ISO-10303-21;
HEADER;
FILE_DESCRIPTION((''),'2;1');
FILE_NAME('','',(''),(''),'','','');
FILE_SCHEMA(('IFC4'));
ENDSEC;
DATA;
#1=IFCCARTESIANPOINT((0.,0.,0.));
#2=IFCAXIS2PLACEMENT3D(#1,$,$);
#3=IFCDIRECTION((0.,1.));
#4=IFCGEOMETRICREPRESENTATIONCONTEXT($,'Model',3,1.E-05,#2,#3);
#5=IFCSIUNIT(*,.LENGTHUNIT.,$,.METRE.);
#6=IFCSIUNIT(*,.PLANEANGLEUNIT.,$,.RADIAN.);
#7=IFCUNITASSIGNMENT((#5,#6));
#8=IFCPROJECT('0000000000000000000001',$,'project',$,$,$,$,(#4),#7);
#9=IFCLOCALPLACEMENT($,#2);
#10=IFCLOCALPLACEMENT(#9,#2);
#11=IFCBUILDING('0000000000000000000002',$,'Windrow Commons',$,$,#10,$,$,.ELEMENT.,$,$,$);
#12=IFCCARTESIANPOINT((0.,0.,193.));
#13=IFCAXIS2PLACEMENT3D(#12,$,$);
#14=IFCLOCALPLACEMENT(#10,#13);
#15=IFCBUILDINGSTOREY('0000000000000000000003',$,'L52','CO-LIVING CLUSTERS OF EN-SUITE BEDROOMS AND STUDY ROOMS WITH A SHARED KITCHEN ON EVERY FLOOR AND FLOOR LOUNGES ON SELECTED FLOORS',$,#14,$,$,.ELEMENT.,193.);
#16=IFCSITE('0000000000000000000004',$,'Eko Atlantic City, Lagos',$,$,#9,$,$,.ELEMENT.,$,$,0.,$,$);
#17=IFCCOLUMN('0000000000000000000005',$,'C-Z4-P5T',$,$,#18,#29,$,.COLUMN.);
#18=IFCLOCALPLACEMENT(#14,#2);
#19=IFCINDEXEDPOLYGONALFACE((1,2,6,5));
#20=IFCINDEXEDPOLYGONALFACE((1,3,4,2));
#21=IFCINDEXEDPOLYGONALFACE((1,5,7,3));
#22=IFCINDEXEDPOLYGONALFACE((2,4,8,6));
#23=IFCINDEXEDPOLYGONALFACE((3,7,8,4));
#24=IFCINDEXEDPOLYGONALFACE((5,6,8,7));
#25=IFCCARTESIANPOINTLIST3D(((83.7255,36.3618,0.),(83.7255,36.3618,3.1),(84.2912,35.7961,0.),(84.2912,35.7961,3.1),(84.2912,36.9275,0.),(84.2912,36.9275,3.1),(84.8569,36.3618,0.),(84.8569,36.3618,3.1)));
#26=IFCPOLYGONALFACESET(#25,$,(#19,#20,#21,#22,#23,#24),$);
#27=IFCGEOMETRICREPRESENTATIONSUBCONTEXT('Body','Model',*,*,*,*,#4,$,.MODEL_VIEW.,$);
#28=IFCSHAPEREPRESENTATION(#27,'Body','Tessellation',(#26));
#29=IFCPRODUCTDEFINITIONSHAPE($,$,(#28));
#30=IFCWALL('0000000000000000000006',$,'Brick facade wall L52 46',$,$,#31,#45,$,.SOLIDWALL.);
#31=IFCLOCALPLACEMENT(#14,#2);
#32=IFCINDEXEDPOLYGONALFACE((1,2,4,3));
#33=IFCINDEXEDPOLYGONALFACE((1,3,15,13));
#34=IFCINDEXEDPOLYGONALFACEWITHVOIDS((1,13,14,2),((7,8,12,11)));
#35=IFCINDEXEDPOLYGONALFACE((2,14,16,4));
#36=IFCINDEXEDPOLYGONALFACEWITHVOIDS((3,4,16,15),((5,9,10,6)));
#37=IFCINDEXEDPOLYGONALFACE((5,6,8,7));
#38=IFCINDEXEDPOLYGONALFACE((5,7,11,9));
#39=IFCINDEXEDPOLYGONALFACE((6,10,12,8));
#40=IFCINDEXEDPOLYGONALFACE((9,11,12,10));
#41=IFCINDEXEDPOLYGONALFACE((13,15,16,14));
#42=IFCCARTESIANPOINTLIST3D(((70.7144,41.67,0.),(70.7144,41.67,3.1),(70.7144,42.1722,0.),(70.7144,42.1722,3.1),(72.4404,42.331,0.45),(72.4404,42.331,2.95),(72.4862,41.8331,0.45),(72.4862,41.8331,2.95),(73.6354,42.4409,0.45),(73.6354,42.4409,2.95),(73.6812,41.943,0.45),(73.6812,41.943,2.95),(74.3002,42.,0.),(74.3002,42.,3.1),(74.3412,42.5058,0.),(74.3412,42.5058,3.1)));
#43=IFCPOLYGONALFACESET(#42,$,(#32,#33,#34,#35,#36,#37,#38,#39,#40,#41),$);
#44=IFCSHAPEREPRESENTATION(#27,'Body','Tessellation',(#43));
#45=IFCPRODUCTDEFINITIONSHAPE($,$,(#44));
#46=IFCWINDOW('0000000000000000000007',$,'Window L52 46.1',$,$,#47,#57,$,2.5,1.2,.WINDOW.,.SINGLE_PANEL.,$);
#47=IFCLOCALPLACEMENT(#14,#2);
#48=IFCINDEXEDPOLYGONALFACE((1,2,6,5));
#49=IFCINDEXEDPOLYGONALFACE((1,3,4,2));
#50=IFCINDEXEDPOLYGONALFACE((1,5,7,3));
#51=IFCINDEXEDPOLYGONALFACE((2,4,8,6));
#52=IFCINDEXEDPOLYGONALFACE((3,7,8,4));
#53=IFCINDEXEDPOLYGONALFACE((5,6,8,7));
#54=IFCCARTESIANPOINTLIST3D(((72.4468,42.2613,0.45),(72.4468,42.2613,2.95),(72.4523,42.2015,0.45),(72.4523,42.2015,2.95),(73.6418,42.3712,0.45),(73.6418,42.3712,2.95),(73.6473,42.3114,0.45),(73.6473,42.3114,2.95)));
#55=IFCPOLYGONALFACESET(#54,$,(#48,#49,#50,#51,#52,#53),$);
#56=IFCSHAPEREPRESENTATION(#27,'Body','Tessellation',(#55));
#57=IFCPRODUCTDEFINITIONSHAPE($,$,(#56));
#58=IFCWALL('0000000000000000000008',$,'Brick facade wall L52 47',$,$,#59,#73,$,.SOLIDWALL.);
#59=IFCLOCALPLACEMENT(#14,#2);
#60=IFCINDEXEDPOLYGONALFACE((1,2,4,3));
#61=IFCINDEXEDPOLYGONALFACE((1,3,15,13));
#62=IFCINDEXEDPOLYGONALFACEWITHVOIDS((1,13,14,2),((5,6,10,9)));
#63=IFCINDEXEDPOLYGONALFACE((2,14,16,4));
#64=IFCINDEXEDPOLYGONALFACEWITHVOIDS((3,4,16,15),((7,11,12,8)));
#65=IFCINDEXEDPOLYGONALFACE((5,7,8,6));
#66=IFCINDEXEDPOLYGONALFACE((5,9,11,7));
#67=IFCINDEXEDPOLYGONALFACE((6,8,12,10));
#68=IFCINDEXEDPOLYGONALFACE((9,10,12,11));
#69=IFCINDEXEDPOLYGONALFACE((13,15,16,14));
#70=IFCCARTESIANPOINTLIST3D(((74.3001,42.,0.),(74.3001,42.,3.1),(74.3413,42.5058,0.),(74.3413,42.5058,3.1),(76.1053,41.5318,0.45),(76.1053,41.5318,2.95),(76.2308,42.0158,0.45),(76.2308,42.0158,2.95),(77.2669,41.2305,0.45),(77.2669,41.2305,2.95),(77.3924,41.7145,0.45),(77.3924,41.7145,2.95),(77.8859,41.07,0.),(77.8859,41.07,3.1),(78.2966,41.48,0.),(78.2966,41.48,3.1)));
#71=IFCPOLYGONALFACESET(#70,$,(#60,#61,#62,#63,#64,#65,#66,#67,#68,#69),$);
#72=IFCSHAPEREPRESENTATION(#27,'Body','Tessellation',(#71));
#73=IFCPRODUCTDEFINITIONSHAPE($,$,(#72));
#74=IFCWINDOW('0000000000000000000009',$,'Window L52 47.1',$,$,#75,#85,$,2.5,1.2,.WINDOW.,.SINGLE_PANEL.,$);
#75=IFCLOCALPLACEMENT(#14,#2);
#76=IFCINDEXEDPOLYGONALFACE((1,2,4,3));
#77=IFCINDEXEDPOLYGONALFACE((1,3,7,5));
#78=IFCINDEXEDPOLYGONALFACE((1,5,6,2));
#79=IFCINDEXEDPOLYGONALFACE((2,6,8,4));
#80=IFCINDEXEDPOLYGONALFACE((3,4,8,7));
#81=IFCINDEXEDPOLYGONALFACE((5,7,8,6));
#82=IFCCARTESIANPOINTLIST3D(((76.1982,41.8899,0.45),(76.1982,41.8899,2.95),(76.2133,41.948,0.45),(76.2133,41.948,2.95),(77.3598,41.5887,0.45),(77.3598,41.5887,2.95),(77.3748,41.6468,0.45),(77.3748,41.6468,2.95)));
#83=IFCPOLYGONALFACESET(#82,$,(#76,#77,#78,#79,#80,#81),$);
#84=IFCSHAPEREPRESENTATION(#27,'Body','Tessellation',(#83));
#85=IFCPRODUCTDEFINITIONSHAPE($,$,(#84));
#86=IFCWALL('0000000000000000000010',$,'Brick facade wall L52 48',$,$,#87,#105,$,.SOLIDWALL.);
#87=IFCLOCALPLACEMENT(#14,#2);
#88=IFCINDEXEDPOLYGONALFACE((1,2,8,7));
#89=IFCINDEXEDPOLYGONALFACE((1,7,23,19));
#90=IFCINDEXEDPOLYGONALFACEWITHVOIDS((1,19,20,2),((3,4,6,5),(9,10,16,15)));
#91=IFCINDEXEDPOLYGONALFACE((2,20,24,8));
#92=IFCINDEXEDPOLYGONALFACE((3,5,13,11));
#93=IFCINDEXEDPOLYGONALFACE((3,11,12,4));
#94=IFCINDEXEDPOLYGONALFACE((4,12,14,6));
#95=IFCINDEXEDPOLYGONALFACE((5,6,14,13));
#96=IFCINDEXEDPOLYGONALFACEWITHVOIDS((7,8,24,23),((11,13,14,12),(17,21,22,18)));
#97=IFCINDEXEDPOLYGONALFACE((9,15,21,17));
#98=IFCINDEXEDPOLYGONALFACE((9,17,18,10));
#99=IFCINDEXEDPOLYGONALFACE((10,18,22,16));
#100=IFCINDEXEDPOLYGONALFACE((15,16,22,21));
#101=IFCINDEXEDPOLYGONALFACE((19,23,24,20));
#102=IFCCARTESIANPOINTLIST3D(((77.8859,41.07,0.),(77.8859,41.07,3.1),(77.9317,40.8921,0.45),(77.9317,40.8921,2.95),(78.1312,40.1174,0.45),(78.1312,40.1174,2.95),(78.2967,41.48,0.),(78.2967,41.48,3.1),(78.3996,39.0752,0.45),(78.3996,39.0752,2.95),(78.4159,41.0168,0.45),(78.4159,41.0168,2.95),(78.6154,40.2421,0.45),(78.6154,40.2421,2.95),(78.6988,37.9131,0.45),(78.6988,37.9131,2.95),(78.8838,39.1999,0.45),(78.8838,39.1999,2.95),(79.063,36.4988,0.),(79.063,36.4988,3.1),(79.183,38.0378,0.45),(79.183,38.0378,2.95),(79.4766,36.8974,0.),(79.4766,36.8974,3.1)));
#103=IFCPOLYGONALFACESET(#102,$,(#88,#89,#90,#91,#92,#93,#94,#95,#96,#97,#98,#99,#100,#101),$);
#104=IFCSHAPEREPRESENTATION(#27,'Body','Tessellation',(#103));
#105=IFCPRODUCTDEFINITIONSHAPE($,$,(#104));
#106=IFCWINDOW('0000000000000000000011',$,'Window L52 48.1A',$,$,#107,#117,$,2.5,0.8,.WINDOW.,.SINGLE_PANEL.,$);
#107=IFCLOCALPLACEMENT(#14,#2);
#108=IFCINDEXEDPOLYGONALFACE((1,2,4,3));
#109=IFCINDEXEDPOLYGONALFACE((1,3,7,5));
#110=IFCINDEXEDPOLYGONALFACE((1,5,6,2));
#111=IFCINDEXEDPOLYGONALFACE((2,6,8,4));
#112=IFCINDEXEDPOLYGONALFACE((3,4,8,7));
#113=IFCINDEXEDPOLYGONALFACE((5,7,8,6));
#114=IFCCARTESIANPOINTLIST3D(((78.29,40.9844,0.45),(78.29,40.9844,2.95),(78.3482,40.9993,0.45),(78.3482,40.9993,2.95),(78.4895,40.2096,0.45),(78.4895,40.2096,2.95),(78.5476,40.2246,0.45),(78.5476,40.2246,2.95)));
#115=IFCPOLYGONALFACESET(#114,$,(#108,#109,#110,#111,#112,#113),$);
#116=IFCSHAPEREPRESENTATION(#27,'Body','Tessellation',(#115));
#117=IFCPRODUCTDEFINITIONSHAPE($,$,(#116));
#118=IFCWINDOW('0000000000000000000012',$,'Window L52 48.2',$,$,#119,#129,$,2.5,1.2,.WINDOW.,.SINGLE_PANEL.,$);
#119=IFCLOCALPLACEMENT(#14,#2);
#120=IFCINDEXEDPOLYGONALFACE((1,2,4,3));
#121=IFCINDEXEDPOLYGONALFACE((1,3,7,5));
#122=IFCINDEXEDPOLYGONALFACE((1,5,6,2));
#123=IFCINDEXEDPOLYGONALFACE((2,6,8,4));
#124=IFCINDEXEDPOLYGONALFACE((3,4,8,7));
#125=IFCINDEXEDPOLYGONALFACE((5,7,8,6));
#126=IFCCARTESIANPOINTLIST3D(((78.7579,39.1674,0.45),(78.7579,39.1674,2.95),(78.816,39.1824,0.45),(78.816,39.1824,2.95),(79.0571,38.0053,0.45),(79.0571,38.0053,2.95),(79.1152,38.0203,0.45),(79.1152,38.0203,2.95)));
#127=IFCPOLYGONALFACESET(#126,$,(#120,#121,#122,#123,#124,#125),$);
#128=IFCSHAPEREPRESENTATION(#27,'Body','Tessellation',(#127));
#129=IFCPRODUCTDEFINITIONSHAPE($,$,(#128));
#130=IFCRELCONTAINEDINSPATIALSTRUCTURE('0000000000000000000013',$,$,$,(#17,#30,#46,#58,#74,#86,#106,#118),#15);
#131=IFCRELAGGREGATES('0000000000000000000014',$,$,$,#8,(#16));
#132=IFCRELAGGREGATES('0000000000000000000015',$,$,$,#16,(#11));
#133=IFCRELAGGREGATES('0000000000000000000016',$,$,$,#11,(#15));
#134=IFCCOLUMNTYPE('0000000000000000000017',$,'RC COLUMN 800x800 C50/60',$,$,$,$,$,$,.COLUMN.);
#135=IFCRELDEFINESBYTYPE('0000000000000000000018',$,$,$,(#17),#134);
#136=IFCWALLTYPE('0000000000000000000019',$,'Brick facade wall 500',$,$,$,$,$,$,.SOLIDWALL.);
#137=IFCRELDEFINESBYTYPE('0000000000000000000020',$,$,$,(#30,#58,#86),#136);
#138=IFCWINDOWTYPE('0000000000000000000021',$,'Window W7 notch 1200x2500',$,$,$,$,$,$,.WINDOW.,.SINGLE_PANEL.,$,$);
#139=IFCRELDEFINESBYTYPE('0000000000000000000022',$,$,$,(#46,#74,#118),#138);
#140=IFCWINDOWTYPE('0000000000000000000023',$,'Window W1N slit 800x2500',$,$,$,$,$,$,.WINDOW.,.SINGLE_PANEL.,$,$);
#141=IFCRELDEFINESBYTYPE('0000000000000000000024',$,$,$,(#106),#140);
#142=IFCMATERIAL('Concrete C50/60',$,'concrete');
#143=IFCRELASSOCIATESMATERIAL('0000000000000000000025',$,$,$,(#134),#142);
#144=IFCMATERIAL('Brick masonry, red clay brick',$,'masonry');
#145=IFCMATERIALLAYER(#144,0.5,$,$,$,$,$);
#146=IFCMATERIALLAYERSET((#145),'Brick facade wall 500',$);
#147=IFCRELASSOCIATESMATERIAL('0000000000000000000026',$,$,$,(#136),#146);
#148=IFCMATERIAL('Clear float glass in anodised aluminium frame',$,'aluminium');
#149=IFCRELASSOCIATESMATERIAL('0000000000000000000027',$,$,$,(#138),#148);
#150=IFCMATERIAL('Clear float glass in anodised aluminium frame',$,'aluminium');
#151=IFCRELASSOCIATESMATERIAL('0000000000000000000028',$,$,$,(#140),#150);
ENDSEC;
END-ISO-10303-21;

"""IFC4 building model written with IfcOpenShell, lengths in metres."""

from ifc_helpers import new_model, si_unit, direction, frame, frame_2d, origin, origin_2d, place, context, subcontext, project, spatial, polyline, rectangle, outline, extrude, material, layer, layer_set, material_profile, profile_set, type_object, element, fill, save


model = new_model("IFC4")

# Units and contexts
model_context = context("Model", 3, precision=1e-05, world=origin(), true_north=direction((0.0, 1.0)))
body_context = subcontext(model_context, "Body", "Model", "MODEL_VIEW")
ifc_project = project(units=[si_unit("LENGTHUNIT", "METRE"), si_unit("PLANEANGLEUNIT", "RADIAN")], contexts=[model_context])

# Site, building, storey
site_placement = place(None, origin())
site = spatial("IfcSite", under=ifc_project, at=site_placement, Name="Eko Atlantic City, Lagos", CompositionType="ELEMENT", RefElevation=0.0)
building_placement = place(site_placement, origin())
building = spatial("IfcBuilding", under=site, at=building_placement, Name="Windrow Commons", CompositionType="ELEMENT")
storey_placement = place(building_placement, frame((0.0, 0.0, 193.0)))
storey = spatial("IfcBuildingStorey", under=building, at=storey_placement, Name="L52", Description="CO-LIVING CLUSTERS OF EN-SUITE BEDROOMS AND STUDY ROOMS WITH A SHARED KITCHEN ON EVERY FLOOR AND FLOOR LOUNGES ON SELECTED FLOORS", CompositionType="ELEMENT", Elevation=193.0)

# Column
ifc_material_1 = material(Name="Concrete C50/60", Category="concrete")
ifc_material_profile = material_profile(ifc_material_1, rectangle(XDim=0.8, YDim=0.8, at=origin_2d()))
ifc_profile_set = profile_set([ifc_material_profile], Name="Concrete C50/60")
column_type = type_object("IfcColumnType", Name="RC COLUMN 800x800 C50/60", PredefinedType="COLUMN", material=ifc_profile_set)
column_placement = place(storey_placement, frame((84.2912, 36.3618, 0.0), z_axis=(0.0, 0.0, 1.0), x_axis=(0.707107, -0.707107, 0.0)))
element("IfcColumn", 1, at=column_placement, inside=storey, type_object=column_type, Name="C-Z4-P5T", PredefinedType="COLUMN", context=body_context, shape_type="SweptSolid", body=[
    extrude(rectangle(XDim=0.8, YDim=0.8, at=origin_2d()), origin(), (0.0, 0.0, 1.0), 3.1),
])

# Walls, openings, windows
ifc_material_2 = material(Name="Brick masonry, red clay brick", Category="masonry")
ifc_layer_1 = layer(ifc_material_2, 0.5)
ifc_layer_set_1 = layer_set([ifc_layer_1], Name="Brick facade wall 500")
wall_type_1 = type_object("IfcWallType", Name="Brick facade wall 500", PredefinedType="SOLIDWALL", material=ifc_layer_set_1)
wall_1_placement = place(storey_placement, frame((70.7144, 41.9211, 0.0), z_axis=(0.0, 0.0, 1.0), x_axis=(0.995794, 0.091619, 0.0)))
wall_1 = element("IfcWall", 2, at=wall_1_placement, inside=storey, type_object=wall_type_1, Name="Brick facade wall L52 46", PredefinedType="SOLIDWALL", context=body_context, shape_type="SweptSolid", body=[
    extrude(outline(polyline([(-0.023, -0.25), (3.5779, -0.25), (3.6651, 0.25), (0.023, 0.25), (-0.023, -0.25)])), origin(), (0.0, 0.0, 1.0), 3.1),
])
opening_1_placement = place(wall_1_placement, frame((1.7563, 0.0, 0.45)))
opening_1 = element("IfcOpeningElement", 3, at=opening_1_placement, cuts=wall_1, PredefinedType="OPENING", context=body_context, shape_type="SweptSolid", body=[
    extrude(rectangle(XDim=1.2, YDim=2.5, at=frame_2d((0.6, 1.25))), frame((0.0, 0.26, 0.0), z_axis=(0.0, -1.0, 0.0), x_axis=(1.0, 0.0, 0.0)), (0.0, 0.0, 1.0), 0.52),
])
ifc_material_3 = material(Name="Clear float glass in anodised aluminium frame", Category="aluminium")
window_type_1 = type_object("IfcWindowType", Name="Window W7 notch 1200x2500", PartitioningType="SINGLE_PANEL", PredefinedType="WINDOW", material=ifc_material_3)
window_1_placement = place(opening_1_placement, origin())
window_1 = element("IfcWindow", 4, at=window_1_placement, inside=storey, type_object=window_type_1, Name="Window L52 46.1", OverallHeight=2.5, OverallWidth=1.2, PartitioningType="SINGLE_PANEL", PredefinedType="WINDOW", context=body_context, shape_type="SweptSolid", body=[
    extrude(rectangle(XDim=1.2, YDim=2.5, at=frame_2d((0.6, 1.25))), frame((0.0, 0.18, 0.0), z_axis=(0.0, -1.0, 0.0), x_axis=(1.0, 0.0, 0.0)), (0.0, 0.0, 1.0), 0.06),
])
fill(opening_1, window_1)
wall_2_placement = place(storey_placement, frame((74.3207, 42.2529, 0.0), z_axis=(0.0, 0.0, 1.0), x_axis=(0.967976, -0.251043, 0.0)))
wall_2 = element("IfcWall", 5, at=wall_2_placement, inside=storey, type_object=wall_type_1, Name="Brick facade wall L52 47", PredefinedType="SOLIDWALL", context=body_context, shape_type="SweptSolid", body=[
    extrude(outline(polyline([(0.0436, -0.25), (3.748, -0.25), (4.0426, 0.25), (-0.0436, 0.25), (0.0436, -0.25)])), origin(), (0.0, 0.0, 1.0), 3.1),
])
opening_2_placement = place(wall_2_placement, frame((1.9085, 0.0, 0.45)))
opening_2 = element("IfcOpeningElement", 6, at=opening_2_placement, cuts=wall_2, PredefinedType="OPENING", context=body_context, shape_type="SweptSolid", body=[
    extrude(rectangle(XDim=1.2, YDim=2.5, at=frame_2d((0.6, 1.25))), frame((0.0, 0.26, 0.0), z_axis=(0.0, -1.0, 0.0), x_axis=(1.0, 0.0, 0.0)), (0.0, 0.0, 1.0), 0.52),
])
window_2_placement = place(opening_2_placement, origin())
window_2 = element("IfcWindow", 7, at=window_2_placement, inside=storey, type_object=window_type_1, Name="Window L52 47.1", OverallHeight=2.5, OverallWidth=1.2, PartitioningType="SINGLE_PANEL", PredefinedType="WINDOW", context=body_context, shape_type="SweptSolid", body=[
    extrude(rectangle(XDim=1.2, YDim=2.5, at=frame_2d((0.6, 1.25))), frame((0.0, 0.18, 0.0), z_axis=(0.0, -1.0, 0.0), x_axis=(1.0, 0.0, 0.0)), (0.0, 0.0, 1.0), 0.06),
])
fill(opening_2, window_2)

# Wall, openings, windows
wall_3_placement = place(storey_placement, frame((78.0913, 41.275, 0.0), z_axis=(0.0, 0.0, 1.0), x_axis=(0.249355, -0.968412, 0.0)))
wall_3 = element("IfcWall", 8, at=wall_3_placement, inside=storey, type_object=wall_type_1, Name="Brick facade wall L52 48", PredefinedType="SOLIDWALL", context=body_context, shape_type="SweptSolid", body=[
    extrude(outline(polyline([(0.1473, -0.25), (4.8676, -0.25), (4.5848, 0.25), (-0.1473, 0.25), (0.1473, -0.25)])), origin(), (0.0, 0.0, 1.0), 3.1),
])
opening_3_placement = place(wall_3_placement, frame((2.2072, 0.0, 0.45)))
opening_3 = element("IfcOpeningElement", 9, at=opening_3_placement, cuts=wall_3, PredefinedType="OPENING", context=body_context, shape_type="SweptSolid", body=[
    extrude(rectangle(XDim=1.2, YDim=2.5, at=frame_2d((0.6, 1.25))), frame((0.0, 0.26, 0.0), z_axis=(0.0, -1.0, 0.0), x_axis=(1.0, 0.0, 0.0)), (0.0, 0.0, 1.0), 0.52),
])
opening_4_placement = place(wall_3_placement, frame((0.331, 0.0, 0.45)))
opening_4 = element("IfcOpeningElement", 10, at=opening_4_placement, cuts=wall_3, PredefinedType="OPENING", context=body_context, shape_type="SweptSolid", body=[
    extrude(rectangle(XDim=0.8, YDim=2.5, at=frame_2d((0.4, 1.25))), frame((0.0, 0.26, 0.0), z_axis=(0.0, -1.0, 0.0), x_axis=(1.0, 0.0, 0.0)), (0.0, 0.0, 1.0), 0.52),
])
ifc_material_4 = material(Name="Clear float glass in anodised aluminium frame", Category="aluminium")
window_type_2 = type_object("IfcWindowType", Name="Window W1N slit 800x2500", PartitioningType="SINGLE_PANEL", PredefinedType="WINDOW", material=ifc_material_4)
window_3_placement = place(opening_4_placement, origin())
window_3 = element("IfcWindow", 11, at=window_3_placement, inside=storey, type_object=window_type_2, Name="Window L52 48.1A", OverallHeight=2.5, OverallWidth=0.8, PartitioningType="SINGLE_PANEL", PredefinedType="WINDOW", context=body_context, shape_type="SweptSolid", body=[
    extrude(rectangle(XDim=0.8, YDim=2.5, at=frame_2d((0.4, 1.25))), frame((0.0, 0.18, 0.0), z_axis=(0.0, -1.0, 0.0), x_axis=(1.0, 0.0, 0.0)), (0.0, 0.0, 1.0), 0.06),
])
fill(opening_4, window_3)
window_4_placement = place(opening_3_placement, origin())
window_4 = element("IfcWindow", 12, at=window_4_placement, inside=storey, type_object=window_type_1, Name="Window L52 48.2", OverallHeight=2.5, OverallWidth=1.2, PartitioningType="SINGLE_PANEL", PredefinedType="WINDOW", context=body_context, shape_type="SweptSolid", body=[
    extrude(rectangle(XDim=1.2, YDim=2.5, at=frame_2d((0.6, 1.25))), frame((0.0, 0.18, 0.0), z_axis=(0.0, -1.0, 0.0), x_axis=(1.0, 0.0, 0.0)), (0.0, 0.0, 1.0), 0.06),
])
fill(opening_3, window_4)

save(model, "model.ifc")
